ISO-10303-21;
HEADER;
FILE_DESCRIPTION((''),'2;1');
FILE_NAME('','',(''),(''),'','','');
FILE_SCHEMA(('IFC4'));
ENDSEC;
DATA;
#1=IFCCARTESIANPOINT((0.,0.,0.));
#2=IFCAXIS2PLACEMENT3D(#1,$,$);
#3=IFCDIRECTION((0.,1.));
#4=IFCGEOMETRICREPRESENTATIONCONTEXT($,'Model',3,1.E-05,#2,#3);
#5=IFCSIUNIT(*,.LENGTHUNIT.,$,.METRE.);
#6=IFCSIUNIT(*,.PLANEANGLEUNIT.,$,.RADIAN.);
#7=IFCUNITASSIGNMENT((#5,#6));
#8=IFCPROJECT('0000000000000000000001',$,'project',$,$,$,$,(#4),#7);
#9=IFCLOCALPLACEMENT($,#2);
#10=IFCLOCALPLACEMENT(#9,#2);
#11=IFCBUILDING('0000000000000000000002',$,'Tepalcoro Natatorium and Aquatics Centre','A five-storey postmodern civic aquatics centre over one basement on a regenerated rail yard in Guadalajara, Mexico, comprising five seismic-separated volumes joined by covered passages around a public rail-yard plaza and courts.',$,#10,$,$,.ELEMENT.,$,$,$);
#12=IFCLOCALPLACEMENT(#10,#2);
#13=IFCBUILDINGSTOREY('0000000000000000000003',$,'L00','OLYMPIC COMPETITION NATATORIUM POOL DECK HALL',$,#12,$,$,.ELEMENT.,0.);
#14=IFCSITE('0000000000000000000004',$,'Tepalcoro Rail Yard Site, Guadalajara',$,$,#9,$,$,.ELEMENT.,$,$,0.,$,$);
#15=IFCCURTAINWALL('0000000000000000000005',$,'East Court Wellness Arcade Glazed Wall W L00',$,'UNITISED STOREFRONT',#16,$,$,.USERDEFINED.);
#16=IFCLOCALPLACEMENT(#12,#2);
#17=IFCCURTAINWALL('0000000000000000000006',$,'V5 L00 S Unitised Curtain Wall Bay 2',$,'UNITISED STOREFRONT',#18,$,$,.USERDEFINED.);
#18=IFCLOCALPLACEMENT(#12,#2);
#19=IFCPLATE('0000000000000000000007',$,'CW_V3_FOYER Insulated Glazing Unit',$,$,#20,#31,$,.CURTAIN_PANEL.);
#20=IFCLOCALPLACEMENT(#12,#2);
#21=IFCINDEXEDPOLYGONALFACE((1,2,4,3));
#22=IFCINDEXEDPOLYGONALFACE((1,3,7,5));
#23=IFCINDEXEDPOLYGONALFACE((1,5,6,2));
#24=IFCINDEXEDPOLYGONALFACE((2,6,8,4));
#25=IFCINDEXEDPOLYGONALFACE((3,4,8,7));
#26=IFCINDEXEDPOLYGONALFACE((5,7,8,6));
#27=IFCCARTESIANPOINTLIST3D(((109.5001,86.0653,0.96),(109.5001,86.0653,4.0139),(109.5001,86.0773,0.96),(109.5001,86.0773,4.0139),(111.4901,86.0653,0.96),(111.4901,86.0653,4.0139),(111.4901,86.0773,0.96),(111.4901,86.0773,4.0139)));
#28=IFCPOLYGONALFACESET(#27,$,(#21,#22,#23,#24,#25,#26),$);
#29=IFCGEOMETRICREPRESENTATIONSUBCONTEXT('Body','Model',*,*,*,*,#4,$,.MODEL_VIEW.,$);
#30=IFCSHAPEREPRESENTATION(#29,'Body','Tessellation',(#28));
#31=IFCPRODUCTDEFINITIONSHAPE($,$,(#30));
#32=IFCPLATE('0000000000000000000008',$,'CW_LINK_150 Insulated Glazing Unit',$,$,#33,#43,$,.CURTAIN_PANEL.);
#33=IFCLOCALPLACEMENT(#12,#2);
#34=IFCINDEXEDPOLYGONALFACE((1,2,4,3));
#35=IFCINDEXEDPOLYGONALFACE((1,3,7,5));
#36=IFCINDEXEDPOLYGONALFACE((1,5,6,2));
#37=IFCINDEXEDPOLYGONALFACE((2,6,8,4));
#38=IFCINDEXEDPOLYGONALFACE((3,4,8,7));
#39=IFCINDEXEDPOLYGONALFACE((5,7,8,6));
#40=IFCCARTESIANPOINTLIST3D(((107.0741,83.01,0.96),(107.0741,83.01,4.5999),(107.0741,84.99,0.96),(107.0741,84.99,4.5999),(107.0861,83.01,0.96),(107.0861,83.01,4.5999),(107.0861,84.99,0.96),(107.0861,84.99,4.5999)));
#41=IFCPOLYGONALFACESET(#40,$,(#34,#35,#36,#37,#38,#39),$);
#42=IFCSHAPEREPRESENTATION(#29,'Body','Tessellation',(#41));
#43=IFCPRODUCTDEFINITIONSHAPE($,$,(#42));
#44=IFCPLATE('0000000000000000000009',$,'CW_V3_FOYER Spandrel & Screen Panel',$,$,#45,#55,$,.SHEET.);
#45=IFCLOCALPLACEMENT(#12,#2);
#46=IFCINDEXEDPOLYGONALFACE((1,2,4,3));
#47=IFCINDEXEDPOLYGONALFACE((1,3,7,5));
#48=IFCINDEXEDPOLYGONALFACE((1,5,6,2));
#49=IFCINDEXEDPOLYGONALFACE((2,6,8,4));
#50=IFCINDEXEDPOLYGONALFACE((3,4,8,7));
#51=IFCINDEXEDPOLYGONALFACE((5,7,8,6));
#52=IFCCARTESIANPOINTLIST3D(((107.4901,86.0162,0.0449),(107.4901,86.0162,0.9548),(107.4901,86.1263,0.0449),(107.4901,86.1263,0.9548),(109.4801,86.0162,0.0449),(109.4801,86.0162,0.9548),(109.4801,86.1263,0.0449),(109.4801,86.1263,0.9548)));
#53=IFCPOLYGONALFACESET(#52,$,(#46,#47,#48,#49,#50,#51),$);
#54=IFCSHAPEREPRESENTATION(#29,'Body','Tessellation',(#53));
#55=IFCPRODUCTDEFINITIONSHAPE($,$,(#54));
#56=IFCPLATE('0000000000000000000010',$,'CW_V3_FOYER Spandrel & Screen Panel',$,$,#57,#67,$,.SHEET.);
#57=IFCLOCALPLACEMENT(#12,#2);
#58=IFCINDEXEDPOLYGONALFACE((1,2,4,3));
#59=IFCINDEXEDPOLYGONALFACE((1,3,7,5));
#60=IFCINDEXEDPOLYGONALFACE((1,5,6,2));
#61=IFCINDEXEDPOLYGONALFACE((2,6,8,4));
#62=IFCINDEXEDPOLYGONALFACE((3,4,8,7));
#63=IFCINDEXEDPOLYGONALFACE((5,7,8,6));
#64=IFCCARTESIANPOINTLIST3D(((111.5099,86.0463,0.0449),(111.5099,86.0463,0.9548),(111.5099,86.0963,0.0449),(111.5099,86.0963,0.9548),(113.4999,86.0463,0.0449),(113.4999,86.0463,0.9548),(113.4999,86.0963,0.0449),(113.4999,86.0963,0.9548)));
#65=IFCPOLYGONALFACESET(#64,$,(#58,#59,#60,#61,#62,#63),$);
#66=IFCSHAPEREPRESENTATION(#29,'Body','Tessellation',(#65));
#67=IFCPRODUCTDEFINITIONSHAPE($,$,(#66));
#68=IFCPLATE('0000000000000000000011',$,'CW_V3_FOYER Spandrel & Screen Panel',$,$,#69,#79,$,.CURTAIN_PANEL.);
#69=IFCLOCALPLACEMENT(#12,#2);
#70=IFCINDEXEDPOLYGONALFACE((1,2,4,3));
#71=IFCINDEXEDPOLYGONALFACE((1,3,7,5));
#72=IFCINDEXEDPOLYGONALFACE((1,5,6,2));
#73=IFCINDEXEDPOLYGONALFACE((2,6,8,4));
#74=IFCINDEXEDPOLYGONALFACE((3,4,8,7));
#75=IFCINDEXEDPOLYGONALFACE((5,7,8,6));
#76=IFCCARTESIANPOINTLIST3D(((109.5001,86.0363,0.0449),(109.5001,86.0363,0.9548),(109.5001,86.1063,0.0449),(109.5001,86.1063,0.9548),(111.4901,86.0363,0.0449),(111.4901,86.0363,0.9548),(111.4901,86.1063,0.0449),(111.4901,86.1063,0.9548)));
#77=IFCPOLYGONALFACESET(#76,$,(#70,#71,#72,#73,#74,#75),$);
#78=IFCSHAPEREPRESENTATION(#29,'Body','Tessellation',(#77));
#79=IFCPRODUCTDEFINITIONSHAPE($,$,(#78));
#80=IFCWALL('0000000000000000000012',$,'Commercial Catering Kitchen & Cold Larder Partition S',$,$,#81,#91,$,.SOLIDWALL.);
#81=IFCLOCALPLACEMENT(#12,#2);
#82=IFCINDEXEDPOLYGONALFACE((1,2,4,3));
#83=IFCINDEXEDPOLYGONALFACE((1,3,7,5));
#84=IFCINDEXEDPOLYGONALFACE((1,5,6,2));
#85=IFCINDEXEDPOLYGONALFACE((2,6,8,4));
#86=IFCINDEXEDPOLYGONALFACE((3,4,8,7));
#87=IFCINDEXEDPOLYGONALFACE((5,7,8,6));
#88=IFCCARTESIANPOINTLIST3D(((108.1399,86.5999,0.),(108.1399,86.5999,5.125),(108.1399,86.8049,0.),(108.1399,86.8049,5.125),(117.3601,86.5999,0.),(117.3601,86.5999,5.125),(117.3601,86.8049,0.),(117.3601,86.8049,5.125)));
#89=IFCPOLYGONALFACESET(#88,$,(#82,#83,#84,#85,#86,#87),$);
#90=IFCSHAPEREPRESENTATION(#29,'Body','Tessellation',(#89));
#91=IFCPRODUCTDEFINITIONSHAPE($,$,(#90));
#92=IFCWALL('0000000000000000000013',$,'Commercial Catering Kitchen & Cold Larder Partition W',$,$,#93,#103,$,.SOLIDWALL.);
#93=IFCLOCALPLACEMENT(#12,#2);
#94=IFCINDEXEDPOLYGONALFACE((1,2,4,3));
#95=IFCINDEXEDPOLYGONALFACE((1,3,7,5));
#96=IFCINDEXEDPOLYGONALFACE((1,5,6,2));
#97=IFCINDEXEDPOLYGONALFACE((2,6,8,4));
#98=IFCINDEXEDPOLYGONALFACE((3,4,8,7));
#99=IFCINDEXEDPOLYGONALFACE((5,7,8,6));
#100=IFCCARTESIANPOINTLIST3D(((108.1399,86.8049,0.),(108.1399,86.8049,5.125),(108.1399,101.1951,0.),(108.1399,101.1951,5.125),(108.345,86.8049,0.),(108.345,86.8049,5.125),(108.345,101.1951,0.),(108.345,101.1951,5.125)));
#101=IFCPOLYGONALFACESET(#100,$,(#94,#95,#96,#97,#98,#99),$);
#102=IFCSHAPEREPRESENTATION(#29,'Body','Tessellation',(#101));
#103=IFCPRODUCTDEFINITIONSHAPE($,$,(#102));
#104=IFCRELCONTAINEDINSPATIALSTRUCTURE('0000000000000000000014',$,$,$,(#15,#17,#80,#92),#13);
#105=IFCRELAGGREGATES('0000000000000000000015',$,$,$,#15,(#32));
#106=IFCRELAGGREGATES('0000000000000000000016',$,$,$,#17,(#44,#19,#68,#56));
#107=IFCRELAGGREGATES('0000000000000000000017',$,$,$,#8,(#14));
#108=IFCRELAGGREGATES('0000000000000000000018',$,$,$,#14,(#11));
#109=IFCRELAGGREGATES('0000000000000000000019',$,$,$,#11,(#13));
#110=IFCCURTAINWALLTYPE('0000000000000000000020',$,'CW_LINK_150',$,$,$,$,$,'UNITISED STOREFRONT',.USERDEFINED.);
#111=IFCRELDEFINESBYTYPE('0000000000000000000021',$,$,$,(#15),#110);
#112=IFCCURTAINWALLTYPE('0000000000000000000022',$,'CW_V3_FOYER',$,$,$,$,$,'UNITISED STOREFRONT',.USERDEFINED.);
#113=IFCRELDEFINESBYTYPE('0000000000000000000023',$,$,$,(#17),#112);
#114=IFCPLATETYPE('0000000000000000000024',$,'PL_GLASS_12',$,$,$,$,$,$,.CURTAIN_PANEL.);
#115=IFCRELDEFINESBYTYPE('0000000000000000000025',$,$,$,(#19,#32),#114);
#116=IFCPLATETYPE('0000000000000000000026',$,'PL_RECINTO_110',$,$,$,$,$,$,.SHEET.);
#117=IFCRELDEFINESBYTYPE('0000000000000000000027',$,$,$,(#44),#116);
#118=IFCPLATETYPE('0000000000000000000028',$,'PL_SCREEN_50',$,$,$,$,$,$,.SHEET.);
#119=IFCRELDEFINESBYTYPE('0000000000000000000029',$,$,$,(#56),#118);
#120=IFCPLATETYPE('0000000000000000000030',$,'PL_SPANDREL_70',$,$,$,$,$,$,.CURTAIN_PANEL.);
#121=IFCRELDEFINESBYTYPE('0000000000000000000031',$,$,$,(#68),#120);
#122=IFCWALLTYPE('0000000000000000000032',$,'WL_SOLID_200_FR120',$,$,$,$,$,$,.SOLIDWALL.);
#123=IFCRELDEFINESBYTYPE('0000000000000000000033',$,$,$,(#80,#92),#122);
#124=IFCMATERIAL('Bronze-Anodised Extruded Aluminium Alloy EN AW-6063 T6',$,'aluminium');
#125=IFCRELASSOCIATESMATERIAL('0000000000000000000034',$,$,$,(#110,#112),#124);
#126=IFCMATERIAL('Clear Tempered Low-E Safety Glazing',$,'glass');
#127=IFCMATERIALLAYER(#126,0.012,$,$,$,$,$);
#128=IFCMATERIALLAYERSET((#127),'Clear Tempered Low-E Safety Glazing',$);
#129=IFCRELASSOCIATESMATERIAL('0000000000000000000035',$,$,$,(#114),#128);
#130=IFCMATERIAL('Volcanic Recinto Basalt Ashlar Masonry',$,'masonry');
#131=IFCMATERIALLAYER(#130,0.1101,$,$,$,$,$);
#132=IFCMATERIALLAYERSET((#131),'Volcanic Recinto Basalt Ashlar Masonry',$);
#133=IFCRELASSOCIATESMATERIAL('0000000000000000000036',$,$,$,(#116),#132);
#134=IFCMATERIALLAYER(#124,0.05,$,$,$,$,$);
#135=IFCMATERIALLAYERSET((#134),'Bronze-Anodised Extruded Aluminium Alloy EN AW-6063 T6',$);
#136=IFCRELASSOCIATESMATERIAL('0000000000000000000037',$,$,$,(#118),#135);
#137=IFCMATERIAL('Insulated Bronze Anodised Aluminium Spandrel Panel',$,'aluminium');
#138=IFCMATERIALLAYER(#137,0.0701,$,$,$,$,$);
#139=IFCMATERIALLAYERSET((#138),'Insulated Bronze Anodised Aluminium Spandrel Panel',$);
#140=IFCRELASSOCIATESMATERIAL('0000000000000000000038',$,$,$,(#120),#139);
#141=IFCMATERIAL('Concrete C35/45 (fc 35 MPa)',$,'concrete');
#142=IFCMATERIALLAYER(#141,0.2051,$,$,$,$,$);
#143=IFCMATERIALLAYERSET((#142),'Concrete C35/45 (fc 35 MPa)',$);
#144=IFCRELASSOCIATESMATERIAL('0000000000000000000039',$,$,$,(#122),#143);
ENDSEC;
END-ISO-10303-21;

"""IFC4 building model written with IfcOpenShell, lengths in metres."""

from ifc_helpers import new_model, si_unit, direction, frame, frame_2d, origin, origin_2d, place, context, subcontext, project, spatial, rectangle, extrude, material, layer, layer_set, type_object, element, aggregate, save


model = new_model("IFC4")

# Units and contexts
model_context = context("Model", 3, precision=1e-05, world=origin(), true_north=direction((0.0, 1.0)))
body_context = subcontext(model_context, "Body", "Model", "MODEL_VIEW")
ifc_project = project(units=[si_unit("LENGTHUNIT", "METRE"), si_unit("PLANEANGLEUNIT", "RADIAN")], contexts=[model_context])

# Site, building, storey
site_placement = place(None, origin())
site = spatial("IfcSite", under=ifc_project, at=site_placement, Name="Tepalcoro Rail Yard Site, Guadalajara", CompositionType="ELEMENT", RefElevation=0.0)
building_placement = place(site_placement, origin())
building = spatial("IfcBuilding", under=site, at=building_placement, Name="Tepalcoro Natatorium and Aquatics Centre", Description="A five-storey postmodern civic aquatics centre over one basement on a regenerated rail yard in Guadalajara, Mexico, comprising five seismic-separated volumes joined by covered passages around a public rail-yard plaza and courts.", CompositionType="ELEMENT")
storey_placement = place(building_placement, origin())
storey = spatial("IfcBuildingStorey", under=building, at=storey_placement, Name="L00", Description="OLYMPIC COMPETITION NATATORIUM POOL DECK HALL", CompositionType="ELEMENT", Elevation=0.0)

# Curtain wall
ifc_material_1 = material(Name="Bronze-Anodised Extruded Aluminium Alloy EN AW-6063 T6", Category="aluminium")
curtain_wall_type_1 = type_object("IfcCurtainWallType", Name="CW_LINK_150", ElementType="UNITISED STOREFRONT", PredefinedType="USERDEFINED", material=ifc_material_1)
curtain_wall_1_placement = place(storey_placement, origin())
curtain_wall_1 = element("IfcCurtainWall", 1, at=curtain_wall_1_placement, inside=storey, type_object=curtain_wall_type_1, Name="East Court Wellness Arcade Glazed Wall W L00", ObjectType="UNITISED STOREFRONT", PredefinedType="USERDEFINED")

# Curtain wall
curtain_wall_type_2 = type_object("IfcCurtainWallType", Name="CW_V3_FOYER", ElementType="UNITISED STOREFRONT", PredefinedType="USERDEFINED", material=ifc_material_1)
curtain_wall_2_placement = place(storey_placement, origin())
curtain_wall_2 = element("IfcCurtainWall", 2, at=curtain_wall_2_placement, inside=storey, type_object=curtain_wall_type_2, Name="V5 L00 S Unitised Curtain Wall Bay 2", ObjectType="UNITISED STOREFRONT", PredefinedType="USERDEFINED")

# Plates
ifc_material_2 = material(Name="Clear Tempered Low-E Safety Glazing", Category="glass")
ifc_layer_1 = layer(ifc_material_2, 0.012)
ifc_layer_set_1 = layer_set([ifc_layer_1], Name="Clear Tempered Low-E Safety Glazing")
plate_type_1 = type_object("IfcPlateType", Name="PL_GLASS_12", PredefinedType="CURTAIN_PANEL", material=ifc_layer_set_1)
plate_1_placement = place(storey_placement, frame((110.4951, 86.0713, 0.96), z_axis=(0.0, 0.0, 1.0), x_axis=(1.0, 0.0, 0.0)))
plate_1 = element("IfcPlate", 3, at=plate_1_placement, type_object=plate_type_1, Name="CW_V3_FOYER Insulated Glazing Unit", PredefinedType="CURTAIN_PANEL", context=body_context, shape_type="SweptSolid", body=[
    extrude(rectangle(XDim=1.99, YDim=0.012, at=origin_2d()), origin(), (0.0, 0.0, 1.0), 3.054),
])
plate_2_placement = place(storey_placement, frame((107.0801, 84.0, 0.96), z_axis=(0.0, 0.0, 1.0), x_axis=(1.0, 0.0, 0.0)))
plate_2 = element("IfcPlate", 4, at=plate_2_placement, type_object=plate_type_1, Name="CW_LINK_150 Insulated Glazing Unit", PredefinedType="CURTAIN_PANEL", context=body_context, shape_type="SweptSolid", body=[
    extrude(rectangle(XDim=0.012, YDim=1.98, at=origin_2d()), origin(), (0.0, 0.0, 1.0), 3.6399),
])
aggregate(curtain_wall_1, [plate_2])
ifc_material_3 = material(Name="Volcanic Recinto Basalt Ashlar Masonry", Category="masonry")
ifc_layer_2 = layer(ifc_material_3, 0.1101)
ifc_layer_set_2 = layer_set([ifc_layer_2], Name="Volcanic Recinto Basalt Ashlar Masonry")
plate_type_2 = type_object("IfcPlateType", Name="PL_RECINTO_110", PredefinedType="SHEET", material=ifc_layer_set_2)
plate_3_placement = place(storey_placement, frame((108.4851, 86.0713, 0.0449), z_axis=(0.0, 0.0, 1.0), x_axis=(1.0, 0.0, 0.0)))
plate_3 = element("IfcPlate", 5, at=plate_3_placement, type_object=plate_type_2, Name="CW_V3_FOYER Spandrel & Screen Panel", PredefinedType="SHEET", context=body_context, shape_type="SweptSolid", body=[
    extrude(rectangle(XDim=1.99, YDim=0.1101, at=origin_2d()), origin(), (0.0, 0.0, 1.0), 0.9099),
])
ifc_layer_3 = layer(ifc_material_1, 0.05)
ifc_layer_set_3 = layer_set([ifc_layer_3], Name="Bronze-Anodised Extruded Aluminium Alloy EN AW-6063 T6")
plate_type_3 = type_object("IfcPlateType", Name="PL_SCREEN_50", PredefinedType="SHEET", material=ifc_layer_set_3)
plate_4_placement = place(storey_placement, frame((112.5049, 86.0713, 0.0449), z_axis=(0.0, 0.0, 1.0), x_axis=(1.0, 0.0, 0.0)))
plate_4 = element("IfcPlate", 6, at=plate_4_placement, type_object=plate_type_3, Name="CW_V3_FOYER Spandrel & Screen Panel", PredefinedType="SHEET", context=body_context, shape_type="SweptSolid", body=[
    extrude(rectangle(XDim=1.99, YDim=0.05, at=origin_2d()), origin(), (0.0, 0.0, 1.0), 0.9099),
])
ifc_material_4 = material(Name="Insulated Bronze Anodised Aluminium Spandrel Panel", Category="aluminium")
ifc_layer_4 = layer(ifc_material_4, 0.0701)
ifc_layer_set_4 = layer_set([ifc_layer_4], Name="Insulated Bronze Anodised Aluminium Spandrel Panel")
plate_type_4 = type_object("IfcPlateType", Name="PL_SPANDREL_70", PredefinedType="CURTAIN_PANEL", material=ifc_layer_set_4)
plate_5_placement = place(storey_placement, frame((110.4951, 86.0713, 0.0449), z_axis=(0.0, 0.0, 1.0), x_axis=(1.0, 0.0, 0.0)))
plate_5 = element("IfcPlate", 7, at=plate_5_placement, type_object=plate_type_4, Name="CW_V3_FOYER Spandrel & Screen Panel", PredefinedType="CURTAIN_PANEL", context=body_context, shape_type="SweptSolid", body=[
    extrude(rectangle(XDim=1.99, YDim=0.0701, at=origin_2d()), origin(), (0.0, 0.0, 1.0), 0.9099),
])
aggregate(curtain_wall_2, [plate_3, plate_1, plate_5, plate_4])

# Walls
ifc_material_5 = material(Name="Concrete C35/45 (fc 35 MPa)", Category="concrete")
ifc_layer_5 = layer(ifc_material_5, 0.2051)
ifc_layer_set_5 = layer_set([ifc_layer_5], Name="Concrete C35/45 (fc 35 MPa)")
wall_type = type_object("IfcWallType", Name="WL_SOLID_200_FR120", PredefinedType="SOLIDWALL", material=ifc_layer_set_5)
wall_1_placement = place(storey_placement, frame((108.1399, 86.7024, 0.0), z_axis=(0.0, 0.0, 1.0), x_axis=(1.0, 0.0, 0.0)))
element("IfcWall", 8, at=wall_1_placement, inside=storey, type_object=wall_type, Name="Commercial Catering Kitchen & Cold Larder Partition S", PredefinedType="SOLIDWALL", context=body_context, shape_type="SweptSolid", body=[
    extrude(rectangle(XDim=9.2202, YDim=0.2051, at=frame_2d((4.6101, 0.0))), origin(), (0.0, 0.0, 1.0), 5.125),
])
wall_2_placement = place(storey_placement, frame((108.2424, 86.8049, 0.0), z_axis=(0.0, 0.0, 1.0), x_axis=(0.0, 1.0, 0.0)))
element("IfcWall", 9, at=wall_2_placement, inside=storey, type_object=wall_type, Name="Commercial Catering Kitchen & Cold Larder Partition W", PredefinedType="SOLIDWALL", context=body_context, shape_type="SweptSolid", body=[
    extrude(rectangle(XDim=14.3901, YDim=0.2051, at=frame_2d((7.1951, 0.0))), origin(), (0.0, 0.0, 1.0), 5.125),
])

save(model, "model.ifc")
